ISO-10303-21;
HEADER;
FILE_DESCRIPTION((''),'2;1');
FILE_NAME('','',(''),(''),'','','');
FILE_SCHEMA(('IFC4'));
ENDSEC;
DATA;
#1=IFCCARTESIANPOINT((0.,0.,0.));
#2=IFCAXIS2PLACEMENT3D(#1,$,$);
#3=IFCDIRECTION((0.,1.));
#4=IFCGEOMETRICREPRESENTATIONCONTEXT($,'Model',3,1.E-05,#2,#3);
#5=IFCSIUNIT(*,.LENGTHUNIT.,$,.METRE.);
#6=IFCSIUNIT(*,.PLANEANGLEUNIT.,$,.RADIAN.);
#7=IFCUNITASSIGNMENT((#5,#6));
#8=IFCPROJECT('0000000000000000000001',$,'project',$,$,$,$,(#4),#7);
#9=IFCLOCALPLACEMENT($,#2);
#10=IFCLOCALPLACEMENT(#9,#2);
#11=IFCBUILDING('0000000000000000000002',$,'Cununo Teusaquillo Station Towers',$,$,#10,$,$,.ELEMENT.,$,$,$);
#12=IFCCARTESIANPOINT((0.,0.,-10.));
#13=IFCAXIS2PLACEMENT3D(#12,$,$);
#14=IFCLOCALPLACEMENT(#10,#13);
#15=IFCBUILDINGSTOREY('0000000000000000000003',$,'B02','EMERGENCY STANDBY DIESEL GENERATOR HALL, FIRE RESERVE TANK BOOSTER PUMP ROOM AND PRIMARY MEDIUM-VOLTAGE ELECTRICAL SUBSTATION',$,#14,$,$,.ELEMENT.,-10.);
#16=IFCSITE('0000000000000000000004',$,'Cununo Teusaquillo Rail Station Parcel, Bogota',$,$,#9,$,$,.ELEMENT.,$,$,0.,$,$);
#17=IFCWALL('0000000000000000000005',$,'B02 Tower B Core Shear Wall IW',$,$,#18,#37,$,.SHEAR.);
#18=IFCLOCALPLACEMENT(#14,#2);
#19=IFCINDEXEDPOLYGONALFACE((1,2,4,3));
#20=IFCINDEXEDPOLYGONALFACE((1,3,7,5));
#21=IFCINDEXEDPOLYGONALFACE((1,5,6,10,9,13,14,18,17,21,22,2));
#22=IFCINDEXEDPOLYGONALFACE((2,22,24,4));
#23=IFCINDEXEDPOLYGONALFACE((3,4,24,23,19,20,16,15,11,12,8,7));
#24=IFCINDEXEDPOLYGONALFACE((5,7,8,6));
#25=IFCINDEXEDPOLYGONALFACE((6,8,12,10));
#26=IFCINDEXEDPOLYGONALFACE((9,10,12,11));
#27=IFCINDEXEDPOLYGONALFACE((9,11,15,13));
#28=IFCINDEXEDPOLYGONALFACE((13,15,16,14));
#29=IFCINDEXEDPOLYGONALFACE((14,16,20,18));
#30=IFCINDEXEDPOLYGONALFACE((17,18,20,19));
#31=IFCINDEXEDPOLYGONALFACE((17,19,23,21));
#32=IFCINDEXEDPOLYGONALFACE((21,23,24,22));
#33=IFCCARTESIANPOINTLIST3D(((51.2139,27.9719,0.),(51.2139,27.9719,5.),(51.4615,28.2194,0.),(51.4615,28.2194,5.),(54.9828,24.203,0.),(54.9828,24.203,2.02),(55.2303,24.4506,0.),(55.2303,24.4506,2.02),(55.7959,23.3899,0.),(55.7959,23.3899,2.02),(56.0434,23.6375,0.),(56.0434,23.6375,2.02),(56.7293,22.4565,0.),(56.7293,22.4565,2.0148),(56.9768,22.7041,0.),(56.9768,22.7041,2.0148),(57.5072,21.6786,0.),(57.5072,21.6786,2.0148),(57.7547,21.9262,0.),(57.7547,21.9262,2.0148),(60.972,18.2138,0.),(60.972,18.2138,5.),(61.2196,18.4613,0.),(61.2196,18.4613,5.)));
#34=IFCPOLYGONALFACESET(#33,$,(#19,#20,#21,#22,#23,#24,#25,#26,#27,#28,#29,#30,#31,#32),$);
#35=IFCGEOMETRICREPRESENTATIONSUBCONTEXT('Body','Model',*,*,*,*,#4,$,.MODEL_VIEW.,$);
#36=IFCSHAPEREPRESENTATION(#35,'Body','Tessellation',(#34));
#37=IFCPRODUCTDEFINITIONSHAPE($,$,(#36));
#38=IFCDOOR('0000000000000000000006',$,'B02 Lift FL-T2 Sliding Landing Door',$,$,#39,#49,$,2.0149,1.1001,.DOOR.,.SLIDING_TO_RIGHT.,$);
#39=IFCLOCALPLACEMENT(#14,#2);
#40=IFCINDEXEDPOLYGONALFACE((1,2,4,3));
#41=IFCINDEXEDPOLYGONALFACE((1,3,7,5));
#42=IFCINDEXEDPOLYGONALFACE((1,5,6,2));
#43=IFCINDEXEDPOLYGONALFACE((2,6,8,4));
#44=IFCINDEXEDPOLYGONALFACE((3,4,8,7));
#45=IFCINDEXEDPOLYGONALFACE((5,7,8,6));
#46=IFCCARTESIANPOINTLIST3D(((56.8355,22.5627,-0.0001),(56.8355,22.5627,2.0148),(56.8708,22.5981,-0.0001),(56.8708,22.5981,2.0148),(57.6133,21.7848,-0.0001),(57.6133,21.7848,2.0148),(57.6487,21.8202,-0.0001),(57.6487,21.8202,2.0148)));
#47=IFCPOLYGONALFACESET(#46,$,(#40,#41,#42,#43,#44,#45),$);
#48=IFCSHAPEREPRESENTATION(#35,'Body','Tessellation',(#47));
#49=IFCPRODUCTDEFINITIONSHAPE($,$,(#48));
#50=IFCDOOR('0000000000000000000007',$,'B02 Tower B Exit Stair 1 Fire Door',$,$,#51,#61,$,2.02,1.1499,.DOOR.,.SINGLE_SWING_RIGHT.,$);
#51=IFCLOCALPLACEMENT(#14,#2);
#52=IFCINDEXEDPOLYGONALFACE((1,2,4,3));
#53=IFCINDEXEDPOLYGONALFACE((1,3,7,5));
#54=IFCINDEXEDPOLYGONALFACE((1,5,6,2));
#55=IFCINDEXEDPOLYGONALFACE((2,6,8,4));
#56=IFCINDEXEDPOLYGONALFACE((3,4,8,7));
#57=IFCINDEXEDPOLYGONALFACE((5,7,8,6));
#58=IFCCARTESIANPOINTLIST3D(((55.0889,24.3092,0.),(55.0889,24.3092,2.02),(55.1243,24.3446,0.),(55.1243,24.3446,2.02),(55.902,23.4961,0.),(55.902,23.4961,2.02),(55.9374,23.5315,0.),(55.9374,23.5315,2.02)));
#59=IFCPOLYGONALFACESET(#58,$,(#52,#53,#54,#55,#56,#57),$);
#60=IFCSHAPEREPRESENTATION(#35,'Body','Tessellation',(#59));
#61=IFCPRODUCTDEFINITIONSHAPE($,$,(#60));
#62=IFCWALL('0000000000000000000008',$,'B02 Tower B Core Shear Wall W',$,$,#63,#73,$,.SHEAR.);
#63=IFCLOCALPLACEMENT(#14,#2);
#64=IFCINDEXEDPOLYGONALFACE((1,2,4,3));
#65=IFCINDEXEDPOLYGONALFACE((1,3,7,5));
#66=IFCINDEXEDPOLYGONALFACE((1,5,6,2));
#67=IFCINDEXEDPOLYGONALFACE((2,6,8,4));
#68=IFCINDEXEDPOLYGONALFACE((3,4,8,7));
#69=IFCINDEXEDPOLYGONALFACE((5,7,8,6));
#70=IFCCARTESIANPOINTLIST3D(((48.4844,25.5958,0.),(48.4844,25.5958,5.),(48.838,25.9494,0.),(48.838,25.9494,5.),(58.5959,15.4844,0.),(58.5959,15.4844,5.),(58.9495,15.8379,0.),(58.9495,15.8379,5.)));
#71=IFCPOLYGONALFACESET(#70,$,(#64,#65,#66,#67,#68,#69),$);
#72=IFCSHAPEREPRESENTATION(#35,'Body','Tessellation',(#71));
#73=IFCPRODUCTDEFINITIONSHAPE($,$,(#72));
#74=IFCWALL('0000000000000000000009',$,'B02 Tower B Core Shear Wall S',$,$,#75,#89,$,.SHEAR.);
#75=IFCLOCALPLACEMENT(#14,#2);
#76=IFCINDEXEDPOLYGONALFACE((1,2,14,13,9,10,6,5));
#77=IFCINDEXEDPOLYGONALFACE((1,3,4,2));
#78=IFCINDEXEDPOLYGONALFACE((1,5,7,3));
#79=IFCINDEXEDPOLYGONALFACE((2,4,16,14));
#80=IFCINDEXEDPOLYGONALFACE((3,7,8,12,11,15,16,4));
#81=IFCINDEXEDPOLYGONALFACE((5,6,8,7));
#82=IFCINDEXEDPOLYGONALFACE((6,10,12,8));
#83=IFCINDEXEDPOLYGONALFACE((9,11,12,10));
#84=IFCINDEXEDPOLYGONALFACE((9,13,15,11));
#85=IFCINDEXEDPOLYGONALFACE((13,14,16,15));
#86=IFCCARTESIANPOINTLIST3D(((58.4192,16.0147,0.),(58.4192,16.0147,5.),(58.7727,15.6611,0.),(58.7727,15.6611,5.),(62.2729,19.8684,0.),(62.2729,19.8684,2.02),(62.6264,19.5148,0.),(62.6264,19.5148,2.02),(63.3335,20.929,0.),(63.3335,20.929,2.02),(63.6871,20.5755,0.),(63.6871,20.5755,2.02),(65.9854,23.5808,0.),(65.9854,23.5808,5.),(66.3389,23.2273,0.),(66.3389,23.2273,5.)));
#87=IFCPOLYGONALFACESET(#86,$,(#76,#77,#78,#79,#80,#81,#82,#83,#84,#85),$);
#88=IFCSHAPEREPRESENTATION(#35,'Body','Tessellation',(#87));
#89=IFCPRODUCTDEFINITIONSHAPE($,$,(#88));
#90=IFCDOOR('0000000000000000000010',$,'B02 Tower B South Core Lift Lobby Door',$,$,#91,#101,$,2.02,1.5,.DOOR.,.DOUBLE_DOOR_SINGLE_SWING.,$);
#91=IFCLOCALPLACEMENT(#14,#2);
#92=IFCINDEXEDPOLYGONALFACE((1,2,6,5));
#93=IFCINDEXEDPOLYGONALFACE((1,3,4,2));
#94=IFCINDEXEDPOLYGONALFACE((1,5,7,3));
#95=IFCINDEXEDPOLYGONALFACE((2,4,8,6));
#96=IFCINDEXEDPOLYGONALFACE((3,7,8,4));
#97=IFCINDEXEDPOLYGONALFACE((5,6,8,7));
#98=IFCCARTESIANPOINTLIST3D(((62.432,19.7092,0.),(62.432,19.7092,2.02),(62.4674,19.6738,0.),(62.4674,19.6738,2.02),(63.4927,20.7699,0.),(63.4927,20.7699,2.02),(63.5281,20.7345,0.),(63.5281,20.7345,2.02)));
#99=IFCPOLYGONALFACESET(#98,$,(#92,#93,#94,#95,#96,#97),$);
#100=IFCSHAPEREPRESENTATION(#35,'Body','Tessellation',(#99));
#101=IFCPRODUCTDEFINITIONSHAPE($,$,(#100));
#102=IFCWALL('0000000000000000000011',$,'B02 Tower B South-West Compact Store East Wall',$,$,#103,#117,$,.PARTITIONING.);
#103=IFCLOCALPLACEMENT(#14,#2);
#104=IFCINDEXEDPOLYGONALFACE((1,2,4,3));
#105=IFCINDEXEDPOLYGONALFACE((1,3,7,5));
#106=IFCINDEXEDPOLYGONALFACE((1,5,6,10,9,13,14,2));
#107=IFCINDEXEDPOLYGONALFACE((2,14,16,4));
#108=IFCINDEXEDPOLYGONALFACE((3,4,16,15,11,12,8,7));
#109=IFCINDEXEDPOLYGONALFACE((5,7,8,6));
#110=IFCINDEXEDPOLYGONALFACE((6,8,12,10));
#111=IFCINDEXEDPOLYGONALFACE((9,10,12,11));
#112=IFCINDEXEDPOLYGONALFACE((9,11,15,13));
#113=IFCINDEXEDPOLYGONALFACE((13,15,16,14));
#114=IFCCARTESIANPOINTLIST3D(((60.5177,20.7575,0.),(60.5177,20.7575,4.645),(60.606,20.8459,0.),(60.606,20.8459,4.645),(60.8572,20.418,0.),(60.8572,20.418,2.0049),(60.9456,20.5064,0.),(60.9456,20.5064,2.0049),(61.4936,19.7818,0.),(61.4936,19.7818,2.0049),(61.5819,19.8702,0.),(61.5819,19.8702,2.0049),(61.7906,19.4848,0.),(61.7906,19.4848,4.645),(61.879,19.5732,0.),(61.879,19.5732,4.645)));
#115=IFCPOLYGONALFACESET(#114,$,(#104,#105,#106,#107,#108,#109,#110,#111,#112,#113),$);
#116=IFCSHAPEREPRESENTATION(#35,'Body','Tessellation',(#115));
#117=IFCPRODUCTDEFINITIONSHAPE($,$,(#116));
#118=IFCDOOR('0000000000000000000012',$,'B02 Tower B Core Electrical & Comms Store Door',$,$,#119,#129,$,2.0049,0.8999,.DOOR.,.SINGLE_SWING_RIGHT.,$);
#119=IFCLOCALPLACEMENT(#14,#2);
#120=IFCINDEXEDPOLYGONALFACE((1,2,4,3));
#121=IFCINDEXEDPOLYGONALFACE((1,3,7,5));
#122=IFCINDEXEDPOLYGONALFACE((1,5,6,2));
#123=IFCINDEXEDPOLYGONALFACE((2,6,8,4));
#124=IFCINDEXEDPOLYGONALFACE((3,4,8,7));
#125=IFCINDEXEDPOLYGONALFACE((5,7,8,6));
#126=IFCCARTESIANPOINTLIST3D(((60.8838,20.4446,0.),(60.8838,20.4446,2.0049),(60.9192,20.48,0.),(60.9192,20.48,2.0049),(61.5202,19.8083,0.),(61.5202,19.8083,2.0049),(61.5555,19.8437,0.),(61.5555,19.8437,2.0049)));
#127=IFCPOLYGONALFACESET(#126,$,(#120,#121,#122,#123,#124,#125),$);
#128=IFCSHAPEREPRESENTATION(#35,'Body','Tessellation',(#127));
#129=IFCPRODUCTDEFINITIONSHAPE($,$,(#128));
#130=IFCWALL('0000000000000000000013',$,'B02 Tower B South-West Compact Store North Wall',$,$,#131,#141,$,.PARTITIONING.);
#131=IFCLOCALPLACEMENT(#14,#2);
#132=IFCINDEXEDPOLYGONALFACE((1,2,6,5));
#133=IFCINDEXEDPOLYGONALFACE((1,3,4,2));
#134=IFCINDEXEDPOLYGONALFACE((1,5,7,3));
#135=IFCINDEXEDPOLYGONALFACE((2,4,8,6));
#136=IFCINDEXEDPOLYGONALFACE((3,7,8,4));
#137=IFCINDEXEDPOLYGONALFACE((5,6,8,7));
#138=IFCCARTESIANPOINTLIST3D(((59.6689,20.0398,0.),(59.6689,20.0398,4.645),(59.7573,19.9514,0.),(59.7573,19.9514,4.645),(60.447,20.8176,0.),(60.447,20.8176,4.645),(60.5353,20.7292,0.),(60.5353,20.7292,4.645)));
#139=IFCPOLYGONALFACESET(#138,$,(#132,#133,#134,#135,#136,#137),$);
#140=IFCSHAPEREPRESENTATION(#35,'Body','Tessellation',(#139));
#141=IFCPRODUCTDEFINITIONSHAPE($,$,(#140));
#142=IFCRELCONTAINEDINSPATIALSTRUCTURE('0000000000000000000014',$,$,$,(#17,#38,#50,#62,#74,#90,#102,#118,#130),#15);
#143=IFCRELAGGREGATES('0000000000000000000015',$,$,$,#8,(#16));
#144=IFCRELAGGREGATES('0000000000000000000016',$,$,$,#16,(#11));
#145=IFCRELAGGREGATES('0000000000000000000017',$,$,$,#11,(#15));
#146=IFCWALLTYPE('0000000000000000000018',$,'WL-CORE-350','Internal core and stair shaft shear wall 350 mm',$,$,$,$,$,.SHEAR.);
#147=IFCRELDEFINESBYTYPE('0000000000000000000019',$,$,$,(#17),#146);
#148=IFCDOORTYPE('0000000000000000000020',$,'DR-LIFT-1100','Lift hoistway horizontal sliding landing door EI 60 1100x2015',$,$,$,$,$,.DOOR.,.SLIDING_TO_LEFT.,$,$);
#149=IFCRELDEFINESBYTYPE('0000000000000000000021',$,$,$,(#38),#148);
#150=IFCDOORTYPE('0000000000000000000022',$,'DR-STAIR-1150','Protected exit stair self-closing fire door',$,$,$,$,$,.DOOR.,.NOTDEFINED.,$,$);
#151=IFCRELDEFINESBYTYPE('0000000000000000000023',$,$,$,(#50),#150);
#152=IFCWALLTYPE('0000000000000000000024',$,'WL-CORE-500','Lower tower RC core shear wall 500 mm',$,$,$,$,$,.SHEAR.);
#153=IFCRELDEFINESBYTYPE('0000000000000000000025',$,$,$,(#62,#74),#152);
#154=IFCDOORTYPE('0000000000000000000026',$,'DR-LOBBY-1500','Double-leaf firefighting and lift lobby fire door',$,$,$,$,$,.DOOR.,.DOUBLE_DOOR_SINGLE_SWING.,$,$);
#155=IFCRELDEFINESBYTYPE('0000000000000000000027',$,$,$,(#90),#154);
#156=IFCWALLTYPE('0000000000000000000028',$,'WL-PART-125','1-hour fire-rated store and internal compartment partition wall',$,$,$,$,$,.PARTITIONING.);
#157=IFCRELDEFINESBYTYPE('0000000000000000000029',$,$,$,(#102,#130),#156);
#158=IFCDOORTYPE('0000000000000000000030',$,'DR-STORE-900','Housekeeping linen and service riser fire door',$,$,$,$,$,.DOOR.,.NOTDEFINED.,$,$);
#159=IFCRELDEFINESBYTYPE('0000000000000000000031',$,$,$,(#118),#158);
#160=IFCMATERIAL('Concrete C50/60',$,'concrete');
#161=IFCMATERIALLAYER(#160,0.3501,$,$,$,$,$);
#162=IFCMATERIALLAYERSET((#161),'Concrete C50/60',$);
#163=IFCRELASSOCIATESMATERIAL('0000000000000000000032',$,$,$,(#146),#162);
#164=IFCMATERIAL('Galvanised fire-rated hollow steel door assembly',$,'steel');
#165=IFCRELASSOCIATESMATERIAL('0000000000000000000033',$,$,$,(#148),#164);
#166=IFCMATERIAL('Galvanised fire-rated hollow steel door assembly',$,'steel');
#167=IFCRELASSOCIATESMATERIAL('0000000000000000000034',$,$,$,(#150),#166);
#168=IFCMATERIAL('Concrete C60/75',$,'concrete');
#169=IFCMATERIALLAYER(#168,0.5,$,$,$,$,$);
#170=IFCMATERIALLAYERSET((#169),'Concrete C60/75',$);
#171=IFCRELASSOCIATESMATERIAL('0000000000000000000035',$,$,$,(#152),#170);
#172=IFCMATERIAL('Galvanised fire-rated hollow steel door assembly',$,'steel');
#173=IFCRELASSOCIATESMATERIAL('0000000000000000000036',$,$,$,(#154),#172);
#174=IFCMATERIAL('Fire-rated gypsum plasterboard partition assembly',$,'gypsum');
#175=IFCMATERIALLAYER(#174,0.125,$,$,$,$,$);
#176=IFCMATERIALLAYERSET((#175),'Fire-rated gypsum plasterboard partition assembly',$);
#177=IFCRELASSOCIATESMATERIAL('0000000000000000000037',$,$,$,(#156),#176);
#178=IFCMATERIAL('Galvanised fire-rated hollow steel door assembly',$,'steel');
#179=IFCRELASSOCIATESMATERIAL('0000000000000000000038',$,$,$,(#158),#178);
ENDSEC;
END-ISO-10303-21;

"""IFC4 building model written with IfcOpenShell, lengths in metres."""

from ifc_helpers import new_model, si_unit, direction, frame, frame_2d, origin, place, context, subcontext, project, spatial, rectangle, extrude, source, transform, mapped, material, layer, layer_set, type_object, element, fill, save


model = new_model("IFC4")

# Units and contexts
model_context = context("Model", 3, precision=1e-05, world=origin(), true_north=direction((0.0, 1.0)))
body_context = subcontext(model_context, "Body", "Model", "MODEL_VIEW")
ifc_project = project(units=[si_unit("LENGTHUNIT", "METRE"), si_unit("PLANEANGLEUNIT", "RADIAN")], contexts=[model_context])

# Site, building, storey
site_placement = place(None, origin())
site = spatial("IfcSite", under=ifc_project, at=site_placement, Name="Cununo Teusaquillo Rail Station Parcel, Bogota", CompositionType="ELEMENT", RefElevation=0.0)
building_placement = place(site_placement, origin())
building = spatial("IfcBuilding", under=site, at=building_placement, Name="Cununo Teusaquillo Station Towers", CompositionType="ELEMENT")
storey_placement = place(building_placement, frame((0.0, 0.0, -10.0)))
storey = spatial("IfcBuildingStorey", under=building, at=storey_placement, Name="B02", Description="EMERGENCY STANDBY DIESEL GENERATOR HALL, FIRE RESERVE TANK BOOSTER PUMP ROOM AND PRIMARY MEDIUM-VOLTAGE ELECTRICAL SUBSTATION", CompositionType="ELEMENT", Elevation=-10.0)

# Wall, openings, doors
ifc_material_1 = material(Name="Concrete C50/60", Category="concrete")
ifc_layer_1 = layer(ifc_material_1, 0.3501)
ifc_layer_set_1 = layer_set([ifc_layer_1], Name="Concrete C50/60")
wall_type_1 = type_object("IfcWallType", Name="WL-CORE-350", Description="Internal core and stair shaft shear wall 350 mm", PredefinedType="SHEAR", material=ifc_layer_set_1)
wall_1_placement = place(storey_placement, frame((61.0957, 18.3376, 0.0), z_axis=(0.0, 0.0, 1.0), x_axis=(-0.707107, 0.707107, 0.0)))
wall_1 = element("IfcWall", 1, at=wall_1_placement, inside=storey, type_object=wall_type_1, Name="B02 Tower B Core Shear Wall IW", PredefinedType="SHEAR", context=body_context, shape_type="SweptSolid", body=[
    extrude(rectangle(XDim=13.8, YDim=0.3501, at=frame_2d((6.8999, 0.0))), origin(), (0.0, 0.0, 1.0), 5.0),
])
shared_shape_1 = source(origin(), body_context, "Body", "SweptSolid", [
    extrude(rectangle(XDim=1.1001, YDim=2.0149, at=frame_2d((0.55, 1.0073))), frame((0.0, 0.1851, 0.0), z_axis=(0.0, -1.0, 0.0), x_axis=(1.0, 0.0, 0.0)), (0.0, 0.0, 1.0), 0.3701),
])
opening_1_placement = place(wall_1_placement, frame((4.8999, 0.0, 0.0)))
opening_1 = element("IfcOpeningElement", 2, at=opening_1_placement, cuts=wall_1, PredefinedType="OPENING", context=body_context, shape_type="MappedRepresentation", body=[
    mapped(shared_shape_1, transform((0.0, 0.0, 0.0), x_axis=(1.0, 0.0, 0.0), y_axis=(0.0, 1.0, 0.0), z_axis=(0.0, 0.0, 1.0), scale=1.0)),
])
shared_shape_2 = source(origin(), body_context, "Body", "SweptSolid", [
    extrude(rectangle(XDim=1.1499, YDim=2.02, at=frame_2d((0.575, 1.01))), frame((0.0, 0.1851, 0.0), z_axis=(0.0, -1.0, 0.0), x_axis=(1.0, 0.0, 0.0)), (0.0, 0.0, 1.0), 0.3701),
])
opening_2_placement = place(wall_1_placement, frame((7.3201, 0.0, 0.0)))
opening_2 = element("IfcOpeningElement", 3, at=opening_2_placement, cuts=wall_1, PredefinedType="OPENING", context=body_context, shape_type="MappedRepresentation", body=[
    mapped(shared_shape_2, transform((0.0, 0.0, 0.0), x_axis=(1.0, 0.0, 0.0), y_axis=(0.0, 1.0, 0.0), z_axis=(0.0, 0.0, 1.0), scale=1.0)),
])
ifc_material_2 = material(Name="Galvanised fire-rated hollow steel door assembly", Category="steel")
door_type_1 = type_object("IfcDoorType", Name="DR-LIFT-1100", Description="Lift hoistway horizontal sliding landing door EI 60 1100x2015", OperationType="SLIDING_TO_LEFT", PredefinedType="DOOR", material=ifc_material_2)
shared_shape_3 = source(origin(), body_context, "Body", "SweptSolid", [
    extrude(rectangle(XDim=1.1001, YDim=2.0149, at=frame_2d((0.55, 1.0073))), frame((0.0, 0.0249, 0.0), z_axis=(0.0, -1.0, 0.0), x_axis=(1.0, 0.0, 0.0)), (0.0, 0.0, 1.0), 0.05),
])
door_1_placement = place(opening_1_placement, origin())
door_1 = element("IfcDoor", 4, at=door_1_placement, inside=storey, type_object=door_type_1, Name="B02 Lift FL-T2 Sliding Landing Door", OperationType="SLIDING_TO_RIGHT", OverallHeight=2.0149, OverallWidth=1.1001, PredefinedType="DOOR", context=body_context, shape_type="MappedRepresentation", body=[
    mapped(shared_shape_3, transform((0.0, 0.0, 0.0), x_axis=(1.0, 0.0, 0.0), y_axis=(0.0, 1.0, 0.0), z_axis=(0.0, 0.0, 1.0), scale=1.0)),
])
fill(opening_1, door_1)
ifc_material_3 = material(Name="Galvanised fire-rated hollow steel door assembly", Category="steel")
door_type_2 = type_object("IfcDoorType", Name="DR-STAIR-1150", Description="Protected exit stair self-closing fire door", OperationType="NOTDEFINED", PredefinedType="DOOR", material=ifc_material_3)
shared_shape_4 = source(origin(), body_context, "Body", "SweptSolid", [
    extrude(rectangle(XDim=1.1499, YDim=2.02, at=frame_2d((0.575, 1.01))), frame((0.0, 0.0249, 0.0), z_axis=(0.0, -1.0, 0.0), x_axis=(1.0, 0.0, 0.0)), (0.0, 0.0, 1.0), 0.05),
])
door_2_placement = place(opening_2_placement, origin())
door_2 = element("IfcDoor", 5, at=door_2_placement, inside=storey, type_object=door_type_2, Name="B02 Tower B Exit Stair 1 Fire Door", OperationType="SINGLE_SWING_RIGHT", OverallHeight=2.02, OverallWidth=1.1499, PredefinedType="DOOR", context=body_context, shape_type="MappedRepresentation", body=[
    mapped(shared_shape_4, transform((0.0, 0.0, 0.0), x_axis=(1.0, 0.0, 0.0), y_axis=(0.0, 1.0, 0.0), z_axis=(0.0, 0.0, 1.0), scale=1.0)),
])
fill(opening_2, door_2)

# Wall
ifc_material_4 = material(Name="Concrete C60/75", Category="concrete")
ifc_layer_2 = layer(ifc_material_4, 0.5)
ifc_layer_set_2 = layer_set([ifc_layer_2], Name="Concrete C60/75")
wall_type_2 = type_object("IfcWallType", Name="WL-CORE-500", Description="Lower tower RC core shear wall 500 mm", PredefinedType="SHEAR", material=ifc_layer_set_2)
wall_2_placement = place(storey_placement, frame((58.7727, 15.6611, 0.0), z_axis=(0.0, 0.0, 1.0), x_axis=(-0.707107, 0.707107, 0.0)))
element("IfcWall", 6, at=wall_2_placement, inside=storey, type_object=wall_type_2, Name="B02 Tower B Core Shear Wall W", PredefinedType="SHEAR", context=body_context, shape_type="SweptSolid", body=[
    extrude(rectangle(XDim=14.2998, YDim=0.5, at=frame_2d((7.1499, 0.0))), origin(), (0.0, 0.0, 1.0), 5.0),
])

# Walls, openings, doors
wall_3_placement = place(storey_placement, frame((58.5959, 15.8379, 0.0), z_axis=(0.0, 0.0, 1.0), x_axis=(0.707107, 0.707107, 0.0)))
wall_3 = element("IfcWall", 7, at=wall_3_placement, inside=storey, type_object=wall_type_2, Name="B02 Tower B Core Shear Wall S", PredefinedType="SHEAR", context=body_context, shape_type="SweptSolid", body=[
    extrude(rectangle(XDim=10.7002, YDim=0.5, at=frame_2d((5.3501, 0.0))), origin(), (0.0, 0.0, 1.0), 5.0),
])
shared_shape_5 = source(origin(), body_context, "Body", "SweptSolid", [
    extrude(rectangle(XDim=1.5, YDim=2.02, at=frame_2d((0.75, 1.01))), frame((0.0, 0.26, 0.0), z_axis=(0.0, -1.0, 0.0), x_axis=(1.0, 0.0, 0.0)), (0.0, 0.0, 1.0), 0.52),
])
opening_3_placement = place(wall_3_placement, frame((5.45, 0.0, 0.0)))
opening_3 = element("IfcOpeningElement", 8, at=opening_3_placement, cuts=wall_3, PredefinedType="OPENING", context=body_context, shape_type="MappedRepresentation", body=[
    mapped(shared_shape_5, transform((0.0, 0.0, 0.0), x_axis=(1.0, 0.0, 0.0), y_axis=(0.0, 1.0, 0.0), z_axis=(0.0, 0.0, 1.0), scale=1.0)),
])
ifc_material_5 = material(Name="Galvanised fire-rated hollow steel door assembly", Category="steel")
door_type_3 = type_object("IfcDoorType", Name="DR-LOBBY-1500", Description="Double-leaf firefighting and lift lobby fire door", OperationType="DOUBLE_DOOR_SINGLE_SWING", PredefinedType="DOOR", material=ifc_material_5)
shared_shape_6 = source(origin(), body_context, "Body", "SweptSolid", [
    extrude(rectangle(XDim=1.5, YDim=2.02, at=frame_2d((0.75, 1.01))), frame((0.0, 0.0249, 0.0), z_axis=(0.0, -1.0, 0.0), x_axis=(1.0, 0.0, 0.0)), (0.0, 0.0, 1.0), 0.05),
])
door_3_placement = place(opening_3_placement, origin())
door_3 = element("IfcDoor", 9, at=door_3_placement, inside=storey, type_object=door_type_3, Name="B02 Tower B South Core Lift Lobby Door", OperationType="DOUBLE_DOOR_SINGLE_SWING", OverallHeight=2.02, OverallWidth=1.5, PredefinedType="DOOR", context=body_context, shape_type="MappedRepresentation", body=[
    mapped(shared_shape_6, transform((0.0, 0.0, 0.0), x_axis=(1.0, 0.0, 0.0), y_axis=(0.0, 1.0, 0.0), z_axis=(0.0, 0.0, 1.0), scale=1.0)),
])
fill(opening_3, door_3)
ifc_material_6 = material(Name="Fire-rated gypsum plasterboard partition assembly", Category="gypsum")
ifc_layer_3 = layer(ifc_material_6, 0.125)
ifc_layer_set_3 = layer_set([ifc_layer_3], Name="Fire-rated gypsum plasterboard partition assembly")
wall_type_3 = type_object("IfcWallType", Name="WL-PART-125", Description="1-hour fire-rated store and internal compartment partition wall", PredefinedType="PARTITIONING", material=ifc_layer_set_3)
wall_4_placement = place(storey_placement, frame((61.8347, 19.5291, 0.0), z_axis=(0.0, 0.0, 1.0), x_axis=(-0.707175, 0.707039, 0.0)))
wall_4 = element("IfcWall", 10, at=wall_4_placement, inside=storey, type_object=wall_type_3, Name="B02 Tower B South-West Compact Store East Wall", PredefinedType="PARTITIONING", context=body_context, shape_type="SweptSolid", body=[
    extrude(rectangle(XDim=1.8, YDim=0.125, at=frame_2d((0.8999, 0.0))), origin(), (0.0, 0.0, 1.0), 4.645),
])
shared_shape_7 = source(origin(), body_context, "Body", "SweptSolid", [
    extrude(rectangle(XDim=0.8999, YDim=2.0049, at=frame_2d((0.45, 1.0024))), frame((0.0, 0.0725, 0.0), z_axis=(0.0, -1.0, 0.0), x_axis=(1.0, 0.0, 0.0)), (0.0, 0.0, 1.0), 0.145),
])
opening_4_placement = place(wall_4_placement, frame((0.4199, 0.0, 0.0)))
opening_4 = element("IfcOpeningElement", 11, at=opening_4_placement, cuts=wall_4, PredefinedType="OPENING", context=body_context, shape_type="MappedRepresentation", body=[
    mapped(shared_shape_7, transform((0.0, 0.0, 0.0), x_axis=(1.0, 0.0, 0.0), y_axis=(0.0, 1.0, 0.0), z_axis=(0.0, 0.0, 1.0), scale=1.0)),
])
ifc_material_7 = material(Name="Galvanised fire-rated hollow steel door assembly", Category="steel")
door_type_4 = type_object("IfcDoorType", Name="DR-STORE-900", Description="Housekeeping linen and service riser fire door", OperationType="NOTDEFINED", PredefinedType="DOOR", material=ifc_material_7)
shared_shape_8 = source(origin(), body_context, "Body", "SweptSolid", [
    extrude(rectangle(XDim=0.8999, YDim=2.0049, at=frame_2d((0.45, 1.0024))), frame((0.0, 0.0249, 0.0), z_axis=(0.0, -1.0, 0.0), x_axis=(1.0, 0.0, 0.0)), (0.0, 0.0, 1.0), 0.05),
])
door_4_placement = place(opening_4_placement, origin())
door_4 = element("IfcDoor", 12, at=door_4_placement, inside=storey, type_object=door_type_4, Name="B02 Tower B Core Electrical & Comms Store Door", OperationType="SINGLE_SWING_RIGHT", OverallHeight=2.0049, OverallWidth=0.8999, PredefinedType="DOOR", context=body_context, shape_type="MappedRepresentation", body=[
    mapped(shared_shape_8, transform((0.0, 0.0, 0.0), x_axis=(1.0, 0.0, 0.0), y_axis=(0.0, 1.0, 0.0), z_axis=(0.0, 0.0, 1.0), scale=1.0)),
])
fill(opening_4, door_4)

# Wall
wall_5_placement = place(storey_placement, frame((59.7131, 19.9956, 0.0), z_axis=(0.0, 0.0, 1.0), x_axis=(0.707218, 0.706996, 0.0)))
element("IfcWall", 13, at=wall_5_placement, inside=storey, type_object=wall_type_3, Name="B02 Tower B South-West Compact Store North Wall", PredefinedType="PARTITIONING", context=body_context, shape_type="SweptSolid", body=[
    extrude(rectangle(XDim=1.1001, YDim=0.125, at=frame_2d((0.55, 0.0))), origin(), (0.0, 0.0, 1.0), 4.645),
])

save(model, "model.ifc")
